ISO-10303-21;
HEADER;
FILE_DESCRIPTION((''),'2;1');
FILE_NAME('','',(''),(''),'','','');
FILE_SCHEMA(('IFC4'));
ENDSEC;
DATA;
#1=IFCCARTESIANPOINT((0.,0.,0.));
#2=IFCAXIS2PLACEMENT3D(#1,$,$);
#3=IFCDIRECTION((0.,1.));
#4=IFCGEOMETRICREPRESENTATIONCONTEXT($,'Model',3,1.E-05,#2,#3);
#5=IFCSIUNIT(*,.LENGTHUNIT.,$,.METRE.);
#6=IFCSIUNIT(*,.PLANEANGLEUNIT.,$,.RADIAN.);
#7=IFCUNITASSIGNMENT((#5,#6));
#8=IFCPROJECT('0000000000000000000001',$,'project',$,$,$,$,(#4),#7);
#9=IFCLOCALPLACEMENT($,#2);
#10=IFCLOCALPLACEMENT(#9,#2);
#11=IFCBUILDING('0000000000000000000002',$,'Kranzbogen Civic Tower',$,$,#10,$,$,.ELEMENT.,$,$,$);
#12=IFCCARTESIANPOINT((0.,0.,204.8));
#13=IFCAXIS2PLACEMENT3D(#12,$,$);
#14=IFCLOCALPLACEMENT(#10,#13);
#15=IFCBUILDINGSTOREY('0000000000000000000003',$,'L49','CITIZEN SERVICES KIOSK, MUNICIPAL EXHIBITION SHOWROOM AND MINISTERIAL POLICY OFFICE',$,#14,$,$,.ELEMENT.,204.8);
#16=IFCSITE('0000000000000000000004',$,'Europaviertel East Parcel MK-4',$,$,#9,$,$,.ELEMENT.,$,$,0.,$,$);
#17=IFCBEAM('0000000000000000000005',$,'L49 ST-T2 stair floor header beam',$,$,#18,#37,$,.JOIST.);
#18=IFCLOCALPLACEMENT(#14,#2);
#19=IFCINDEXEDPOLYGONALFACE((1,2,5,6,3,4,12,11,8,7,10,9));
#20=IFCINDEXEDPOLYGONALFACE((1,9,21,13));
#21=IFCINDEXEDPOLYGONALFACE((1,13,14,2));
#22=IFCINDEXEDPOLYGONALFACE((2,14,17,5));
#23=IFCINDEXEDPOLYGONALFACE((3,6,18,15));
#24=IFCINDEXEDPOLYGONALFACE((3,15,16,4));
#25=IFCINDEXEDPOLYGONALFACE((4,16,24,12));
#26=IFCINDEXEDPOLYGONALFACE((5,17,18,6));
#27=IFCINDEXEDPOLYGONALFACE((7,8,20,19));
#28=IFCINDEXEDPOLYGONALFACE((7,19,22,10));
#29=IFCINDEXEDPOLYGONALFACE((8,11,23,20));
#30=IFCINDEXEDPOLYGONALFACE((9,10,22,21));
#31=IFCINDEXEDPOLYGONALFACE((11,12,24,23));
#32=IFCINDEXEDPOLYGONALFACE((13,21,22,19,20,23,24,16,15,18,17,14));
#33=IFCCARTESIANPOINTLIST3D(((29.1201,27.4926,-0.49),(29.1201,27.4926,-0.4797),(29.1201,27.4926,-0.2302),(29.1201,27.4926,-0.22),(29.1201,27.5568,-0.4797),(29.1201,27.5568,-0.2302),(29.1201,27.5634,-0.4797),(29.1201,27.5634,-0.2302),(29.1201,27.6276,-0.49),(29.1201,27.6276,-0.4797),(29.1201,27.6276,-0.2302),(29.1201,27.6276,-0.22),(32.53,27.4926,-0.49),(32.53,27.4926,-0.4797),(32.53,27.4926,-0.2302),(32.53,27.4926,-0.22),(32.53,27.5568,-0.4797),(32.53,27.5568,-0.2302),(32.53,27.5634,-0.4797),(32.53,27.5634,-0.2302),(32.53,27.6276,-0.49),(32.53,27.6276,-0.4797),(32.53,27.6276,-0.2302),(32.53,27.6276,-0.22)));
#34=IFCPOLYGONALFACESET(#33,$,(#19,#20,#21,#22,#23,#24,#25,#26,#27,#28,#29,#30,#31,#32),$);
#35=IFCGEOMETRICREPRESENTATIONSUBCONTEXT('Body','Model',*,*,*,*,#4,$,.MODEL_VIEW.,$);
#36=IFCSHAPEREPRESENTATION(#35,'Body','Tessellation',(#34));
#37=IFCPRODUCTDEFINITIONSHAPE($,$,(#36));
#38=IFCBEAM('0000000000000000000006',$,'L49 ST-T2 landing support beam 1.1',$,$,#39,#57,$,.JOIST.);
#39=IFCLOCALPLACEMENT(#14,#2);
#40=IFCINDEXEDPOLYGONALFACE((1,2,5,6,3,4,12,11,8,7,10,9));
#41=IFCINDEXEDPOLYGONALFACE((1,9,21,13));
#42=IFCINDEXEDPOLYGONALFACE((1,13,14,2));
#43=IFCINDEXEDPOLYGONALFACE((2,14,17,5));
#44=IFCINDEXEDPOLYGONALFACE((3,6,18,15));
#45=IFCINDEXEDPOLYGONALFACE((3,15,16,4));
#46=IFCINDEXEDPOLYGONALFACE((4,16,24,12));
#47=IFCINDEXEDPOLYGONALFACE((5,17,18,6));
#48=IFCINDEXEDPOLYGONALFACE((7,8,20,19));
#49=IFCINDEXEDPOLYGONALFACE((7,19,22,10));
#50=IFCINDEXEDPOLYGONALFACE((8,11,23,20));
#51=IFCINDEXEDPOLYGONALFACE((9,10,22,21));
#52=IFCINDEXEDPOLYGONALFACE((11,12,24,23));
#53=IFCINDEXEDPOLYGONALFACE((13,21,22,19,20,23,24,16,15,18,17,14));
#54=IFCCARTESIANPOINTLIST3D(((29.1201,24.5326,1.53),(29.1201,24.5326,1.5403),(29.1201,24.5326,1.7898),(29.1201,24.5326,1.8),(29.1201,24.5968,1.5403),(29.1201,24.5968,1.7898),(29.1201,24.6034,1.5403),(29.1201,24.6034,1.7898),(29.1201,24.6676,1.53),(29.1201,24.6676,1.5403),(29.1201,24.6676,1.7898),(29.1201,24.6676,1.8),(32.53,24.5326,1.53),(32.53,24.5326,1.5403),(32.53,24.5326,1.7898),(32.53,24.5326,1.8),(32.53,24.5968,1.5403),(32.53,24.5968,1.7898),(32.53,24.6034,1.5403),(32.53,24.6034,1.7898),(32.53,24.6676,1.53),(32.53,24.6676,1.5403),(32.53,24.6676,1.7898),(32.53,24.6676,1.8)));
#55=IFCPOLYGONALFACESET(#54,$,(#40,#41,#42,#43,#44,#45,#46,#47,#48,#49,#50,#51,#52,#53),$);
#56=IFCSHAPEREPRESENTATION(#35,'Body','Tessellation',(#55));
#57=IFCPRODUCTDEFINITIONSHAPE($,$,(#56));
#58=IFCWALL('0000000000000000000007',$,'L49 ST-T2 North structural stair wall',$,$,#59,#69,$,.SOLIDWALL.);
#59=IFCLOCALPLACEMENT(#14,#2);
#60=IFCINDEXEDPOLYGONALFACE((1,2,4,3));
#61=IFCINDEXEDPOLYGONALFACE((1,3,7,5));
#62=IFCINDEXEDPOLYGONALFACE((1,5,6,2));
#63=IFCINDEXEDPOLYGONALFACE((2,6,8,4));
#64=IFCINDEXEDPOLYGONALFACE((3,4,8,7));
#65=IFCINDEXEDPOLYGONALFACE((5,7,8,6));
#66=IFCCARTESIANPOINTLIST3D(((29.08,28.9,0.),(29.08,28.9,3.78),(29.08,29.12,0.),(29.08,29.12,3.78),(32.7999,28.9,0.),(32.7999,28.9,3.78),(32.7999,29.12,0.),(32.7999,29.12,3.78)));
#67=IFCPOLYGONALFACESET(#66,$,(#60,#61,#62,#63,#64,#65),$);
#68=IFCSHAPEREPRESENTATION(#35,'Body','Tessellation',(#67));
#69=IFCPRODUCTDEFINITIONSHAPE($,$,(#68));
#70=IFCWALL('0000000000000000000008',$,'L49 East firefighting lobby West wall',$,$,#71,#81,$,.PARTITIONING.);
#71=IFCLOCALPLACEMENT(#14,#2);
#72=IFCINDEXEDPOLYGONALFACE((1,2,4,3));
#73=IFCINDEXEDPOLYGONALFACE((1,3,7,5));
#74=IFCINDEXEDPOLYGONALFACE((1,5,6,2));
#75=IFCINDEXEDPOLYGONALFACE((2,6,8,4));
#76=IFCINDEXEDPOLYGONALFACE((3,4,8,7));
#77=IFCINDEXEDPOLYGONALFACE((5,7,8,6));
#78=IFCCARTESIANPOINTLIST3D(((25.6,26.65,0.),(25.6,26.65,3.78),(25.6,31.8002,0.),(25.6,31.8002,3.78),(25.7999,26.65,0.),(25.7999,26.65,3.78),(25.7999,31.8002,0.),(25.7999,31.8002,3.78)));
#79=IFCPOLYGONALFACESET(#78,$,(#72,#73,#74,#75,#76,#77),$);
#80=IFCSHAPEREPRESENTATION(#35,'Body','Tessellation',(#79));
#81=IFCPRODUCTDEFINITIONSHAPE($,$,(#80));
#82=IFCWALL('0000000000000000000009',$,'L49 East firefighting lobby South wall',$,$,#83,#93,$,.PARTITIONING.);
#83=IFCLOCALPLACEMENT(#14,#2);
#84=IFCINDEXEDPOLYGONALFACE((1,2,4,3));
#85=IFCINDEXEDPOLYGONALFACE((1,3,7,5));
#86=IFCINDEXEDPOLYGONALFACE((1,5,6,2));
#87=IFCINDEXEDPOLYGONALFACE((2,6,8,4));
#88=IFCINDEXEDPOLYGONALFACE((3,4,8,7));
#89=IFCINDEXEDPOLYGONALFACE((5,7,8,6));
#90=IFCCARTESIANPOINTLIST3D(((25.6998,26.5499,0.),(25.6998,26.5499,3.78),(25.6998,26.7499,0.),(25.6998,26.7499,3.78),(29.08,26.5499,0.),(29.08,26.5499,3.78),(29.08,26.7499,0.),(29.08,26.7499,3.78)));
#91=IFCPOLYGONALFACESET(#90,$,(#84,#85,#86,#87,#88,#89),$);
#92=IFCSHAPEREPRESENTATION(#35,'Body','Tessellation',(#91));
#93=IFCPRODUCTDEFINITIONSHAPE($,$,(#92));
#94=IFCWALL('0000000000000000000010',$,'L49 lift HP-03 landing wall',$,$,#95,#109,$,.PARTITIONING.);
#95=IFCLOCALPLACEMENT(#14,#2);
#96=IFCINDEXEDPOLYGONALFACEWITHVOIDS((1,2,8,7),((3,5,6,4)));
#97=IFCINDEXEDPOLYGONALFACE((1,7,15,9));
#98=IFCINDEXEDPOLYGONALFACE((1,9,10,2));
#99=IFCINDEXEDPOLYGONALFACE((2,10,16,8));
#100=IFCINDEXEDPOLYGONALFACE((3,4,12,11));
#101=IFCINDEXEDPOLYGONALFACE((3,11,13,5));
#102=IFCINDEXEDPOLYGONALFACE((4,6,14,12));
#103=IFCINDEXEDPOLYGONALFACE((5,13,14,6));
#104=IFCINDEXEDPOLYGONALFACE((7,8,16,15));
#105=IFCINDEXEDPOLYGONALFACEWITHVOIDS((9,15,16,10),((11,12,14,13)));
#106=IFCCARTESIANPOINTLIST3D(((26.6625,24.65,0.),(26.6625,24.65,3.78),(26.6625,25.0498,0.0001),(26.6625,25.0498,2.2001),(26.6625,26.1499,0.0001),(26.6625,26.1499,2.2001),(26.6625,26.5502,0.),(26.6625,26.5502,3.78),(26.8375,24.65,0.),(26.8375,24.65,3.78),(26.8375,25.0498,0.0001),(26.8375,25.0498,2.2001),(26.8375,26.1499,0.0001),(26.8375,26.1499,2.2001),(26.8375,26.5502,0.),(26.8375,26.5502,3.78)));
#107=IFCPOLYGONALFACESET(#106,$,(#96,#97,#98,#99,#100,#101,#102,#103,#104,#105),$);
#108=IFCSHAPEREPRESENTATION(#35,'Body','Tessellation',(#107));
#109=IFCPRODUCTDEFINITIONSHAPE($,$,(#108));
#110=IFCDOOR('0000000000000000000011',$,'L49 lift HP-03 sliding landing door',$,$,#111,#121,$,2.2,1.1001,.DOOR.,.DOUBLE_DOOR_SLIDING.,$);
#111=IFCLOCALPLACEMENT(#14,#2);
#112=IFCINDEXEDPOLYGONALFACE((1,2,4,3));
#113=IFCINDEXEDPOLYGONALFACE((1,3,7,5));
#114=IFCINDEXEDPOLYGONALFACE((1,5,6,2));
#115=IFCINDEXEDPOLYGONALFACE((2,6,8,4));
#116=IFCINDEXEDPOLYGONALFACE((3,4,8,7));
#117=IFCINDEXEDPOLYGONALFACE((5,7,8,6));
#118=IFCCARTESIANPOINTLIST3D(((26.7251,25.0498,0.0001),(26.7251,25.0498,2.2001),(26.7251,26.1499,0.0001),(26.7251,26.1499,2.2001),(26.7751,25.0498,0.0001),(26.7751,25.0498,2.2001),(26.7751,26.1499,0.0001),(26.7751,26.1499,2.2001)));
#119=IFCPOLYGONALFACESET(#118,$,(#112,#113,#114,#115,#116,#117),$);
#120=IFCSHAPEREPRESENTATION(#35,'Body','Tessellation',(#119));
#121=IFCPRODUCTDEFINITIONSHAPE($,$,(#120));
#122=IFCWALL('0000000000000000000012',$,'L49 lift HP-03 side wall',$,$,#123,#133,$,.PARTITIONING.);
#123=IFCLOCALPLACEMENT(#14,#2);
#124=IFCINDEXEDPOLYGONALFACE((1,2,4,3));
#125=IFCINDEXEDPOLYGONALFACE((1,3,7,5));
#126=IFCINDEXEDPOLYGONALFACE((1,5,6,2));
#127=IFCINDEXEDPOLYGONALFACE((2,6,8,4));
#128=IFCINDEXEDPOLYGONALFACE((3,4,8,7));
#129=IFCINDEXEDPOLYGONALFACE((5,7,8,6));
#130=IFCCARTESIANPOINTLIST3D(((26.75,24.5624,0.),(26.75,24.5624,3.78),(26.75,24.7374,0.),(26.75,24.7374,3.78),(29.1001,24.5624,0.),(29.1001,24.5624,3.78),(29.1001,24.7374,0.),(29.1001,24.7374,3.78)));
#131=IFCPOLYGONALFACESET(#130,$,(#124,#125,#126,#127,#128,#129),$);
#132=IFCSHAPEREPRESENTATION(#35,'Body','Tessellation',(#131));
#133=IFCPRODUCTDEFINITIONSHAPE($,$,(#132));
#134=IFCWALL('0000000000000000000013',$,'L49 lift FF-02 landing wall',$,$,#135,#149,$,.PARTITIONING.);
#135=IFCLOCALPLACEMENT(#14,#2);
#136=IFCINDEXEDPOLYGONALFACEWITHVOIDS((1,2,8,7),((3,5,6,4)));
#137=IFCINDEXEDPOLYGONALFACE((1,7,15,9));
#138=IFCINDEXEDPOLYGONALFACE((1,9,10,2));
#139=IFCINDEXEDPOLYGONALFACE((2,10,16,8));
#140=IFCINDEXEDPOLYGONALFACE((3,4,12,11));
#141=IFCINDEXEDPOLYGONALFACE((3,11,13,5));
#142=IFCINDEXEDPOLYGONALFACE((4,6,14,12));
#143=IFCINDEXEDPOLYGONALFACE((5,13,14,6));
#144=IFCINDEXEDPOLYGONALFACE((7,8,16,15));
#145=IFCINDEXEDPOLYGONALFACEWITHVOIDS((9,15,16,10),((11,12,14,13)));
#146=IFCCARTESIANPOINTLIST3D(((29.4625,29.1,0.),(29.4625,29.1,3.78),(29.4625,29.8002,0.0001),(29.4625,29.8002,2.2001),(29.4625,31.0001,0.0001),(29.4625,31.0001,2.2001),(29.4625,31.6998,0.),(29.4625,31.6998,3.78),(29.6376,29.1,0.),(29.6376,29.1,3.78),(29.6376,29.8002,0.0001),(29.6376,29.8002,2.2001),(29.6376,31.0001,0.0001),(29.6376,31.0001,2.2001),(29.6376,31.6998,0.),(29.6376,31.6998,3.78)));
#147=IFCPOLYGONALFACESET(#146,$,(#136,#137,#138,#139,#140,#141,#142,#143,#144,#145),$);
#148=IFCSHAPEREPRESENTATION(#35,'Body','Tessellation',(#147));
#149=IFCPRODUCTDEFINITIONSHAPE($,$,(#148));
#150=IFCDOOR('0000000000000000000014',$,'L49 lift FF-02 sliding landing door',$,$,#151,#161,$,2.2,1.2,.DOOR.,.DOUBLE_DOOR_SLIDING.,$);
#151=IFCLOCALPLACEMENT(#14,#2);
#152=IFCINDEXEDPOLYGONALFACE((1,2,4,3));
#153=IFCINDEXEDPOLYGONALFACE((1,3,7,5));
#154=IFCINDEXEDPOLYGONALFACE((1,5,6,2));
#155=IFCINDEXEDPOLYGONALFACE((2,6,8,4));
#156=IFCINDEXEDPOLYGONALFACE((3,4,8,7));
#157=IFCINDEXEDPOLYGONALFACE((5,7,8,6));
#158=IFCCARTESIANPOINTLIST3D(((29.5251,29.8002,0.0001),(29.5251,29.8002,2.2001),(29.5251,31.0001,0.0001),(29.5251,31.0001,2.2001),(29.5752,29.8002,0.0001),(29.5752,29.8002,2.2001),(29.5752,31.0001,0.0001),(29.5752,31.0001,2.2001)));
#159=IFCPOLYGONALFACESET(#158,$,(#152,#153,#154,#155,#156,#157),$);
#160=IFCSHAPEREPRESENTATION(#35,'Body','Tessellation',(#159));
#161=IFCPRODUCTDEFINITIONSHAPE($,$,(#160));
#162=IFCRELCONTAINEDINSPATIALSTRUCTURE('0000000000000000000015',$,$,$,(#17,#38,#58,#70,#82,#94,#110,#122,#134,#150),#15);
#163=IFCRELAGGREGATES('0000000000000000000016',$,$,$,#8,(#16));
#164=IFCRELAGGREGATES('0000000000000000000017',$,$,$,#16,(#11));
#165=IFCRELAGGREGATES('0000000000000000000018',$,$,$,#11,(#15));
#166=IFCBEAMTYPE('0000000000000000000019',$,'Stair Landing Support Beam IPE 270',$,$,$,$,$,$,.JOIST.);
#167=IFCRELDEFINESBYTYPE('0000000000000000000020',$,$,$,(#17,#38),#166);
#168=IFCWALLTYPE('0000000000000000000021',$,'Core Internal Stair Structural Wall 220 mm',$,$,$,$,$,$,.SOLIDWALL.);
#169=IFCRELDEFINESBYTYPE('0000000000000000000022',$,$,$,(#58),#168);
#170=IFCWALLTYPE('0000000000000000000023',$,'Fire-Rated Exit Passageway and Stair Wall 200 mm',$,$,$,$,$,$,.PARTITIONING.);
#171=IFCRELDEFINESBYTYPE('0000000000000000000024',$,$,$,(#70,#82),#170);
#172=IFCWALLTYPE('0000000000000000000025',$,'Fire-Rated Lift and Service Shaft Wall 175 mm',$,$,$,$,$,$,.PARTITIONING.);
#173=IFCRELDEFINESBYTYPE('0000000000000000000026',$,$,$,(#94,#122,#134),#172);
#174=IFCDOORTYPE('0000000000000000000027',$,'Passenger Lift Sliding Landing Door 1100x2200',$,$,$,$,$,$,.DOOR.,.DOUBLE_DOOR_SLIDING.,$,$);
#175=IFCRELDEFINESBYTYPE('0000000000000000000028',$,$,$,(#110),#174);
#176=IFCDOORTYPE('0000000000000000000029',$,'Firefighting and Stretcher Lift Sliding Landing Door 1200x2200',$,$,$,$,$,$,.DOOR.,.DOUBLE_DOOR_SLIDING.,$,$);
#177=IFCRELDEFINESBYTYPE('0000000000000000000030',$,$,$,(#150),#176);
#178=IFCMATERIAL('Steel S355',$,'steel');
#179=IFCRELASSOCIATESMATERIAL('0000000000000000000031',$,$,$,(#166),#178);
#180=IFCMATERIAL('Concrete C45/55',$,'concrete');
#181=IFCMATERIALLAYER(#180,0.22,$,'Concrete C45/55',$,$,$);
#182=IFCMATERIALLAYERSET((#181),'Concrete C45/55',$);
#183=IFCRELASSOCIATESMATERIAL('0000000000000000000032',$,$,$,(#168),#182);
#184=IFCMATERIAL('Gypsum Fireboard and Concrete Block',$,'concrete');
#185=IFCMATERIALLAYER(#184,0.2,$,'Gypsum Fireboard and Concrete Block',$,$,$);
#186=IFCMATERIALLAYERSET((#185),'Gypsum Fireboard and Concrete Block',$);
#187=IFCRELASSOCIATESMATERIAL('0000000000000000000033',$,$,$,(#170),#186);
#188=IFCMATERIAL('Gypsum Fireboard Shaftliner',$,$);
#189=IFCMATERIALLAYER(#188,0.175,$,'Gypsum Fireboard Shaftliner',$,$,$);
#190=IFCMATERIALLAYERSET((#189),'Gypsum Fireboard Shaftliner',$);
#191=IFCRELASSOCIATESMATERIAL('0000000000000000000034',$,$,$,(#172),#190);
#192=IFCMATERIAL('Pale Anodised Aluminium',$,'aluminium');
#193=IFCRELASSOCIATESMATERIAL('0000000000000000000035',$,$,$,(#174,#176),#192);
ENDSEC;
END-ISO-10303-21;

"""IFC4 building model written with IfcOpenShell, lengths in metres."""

from ifc_helpers import new_model, si_unit, direction, frame, frame_2d, origin, origin_2d, place, context, subcontext, project, spatial, rectangle, i_section, extrude, material, layer, layer_set, material_profile, profile_set, type_object, element, fill, save


model = new_model("IFC4")

# Units and contexts
model_context = context("Model", 3, precision=1e-05, world=origin(), true_north=direction((0.0, 1.0)))
body_context = subcontext(model_context, "Body", "Model", "MODEL_VIEW")
ifc_project = project(units=[si_unit("LENGTHUNIT", "METRE"), si_unit("PLANEANGLEUNIT", "RADIAN")], contexts=[model_context])

# Site, building, storey
site_placement = place(None, origin())
site = spatial("IfcSite", under=ifc_project, at=site_placement, Name="Europaviertel East Parcel MK-4", CompositionType="ELEMENT", RefElevation=0.0)
building_placement = place(site_placement, origin())
building = spatial("IfcBuilding", under=site, at=building_placement, Name="Kranzbogen Civic Tower", CompositionType="ELEMENT")
storey_placement = place(building_placement, frame((0.0, 0.0, 204.8)))
storey = spatial("IfcBuildingStorey", under=building, at=storey_placement, Name="L49", Description="CITIZEN SERVICES KIOSK, MUNICIPAL EXHIBITION SHOWROOM AND MINISTERIAL POLICY OFFICE", CompositionType="ELEMENT", Elevation=204.8)

# Beams
ifc_material_1 = material(Name="Steel S355", Category="steel")
ifc_material_profile = material_profile(ifc_material_1, i_section(OverallWidth=0.135, OverallDepth=0.27, WebThickness=0.0066, FlangeThickness=0.0103, at=origin_2d()), Name="IPE 270")
ifc_profile_set = profile_set([ifc_material_profile], Name="Steel S355")
beam_type = type_object("IfcBeamType", Name="Stair Landing Support Beam IPE 270", PredefinedType="JOIST", material=ifc_profile_set)
for number, where, z_axis, x_axis, name in (
    (1, (29.1201, 27.5601, -0.355), (1.0, 0.0, 0.0), (0.0, 1.0, 0.0), "L49 ST-T2 stair floor header beam"),
    (2, (29.1201, 24.6001, 1.665), (1.0, 0.0, 0.0), (0.0, 1.0, 0.0), "L49 ST-T2 landing support beam 1.1"),
):
    element("IfcBeam", number, at=place(storey_placement, frame(where, z_axis=z_axis, x_axis=x_axis)), inside=storey, type_object=beam_type, Name=name, PredefinedType="JOIST", context=body_context, shape_type="SweptSolid", body=[
        extrude(i_section(OverallWidth=0.135, OverallDepth=0.27, WebThickness=0.0066, FlangeThickness=0.0103, at=origin_2d()), origin(), (0.0, 0.0, 1.0), 3.4099),
    ])

# Walls
ifc_material_2 = material(Name="Concrete C45/55", Category="concrete")
ifc_layer_1 = layer(ifc_material_2, 0.22, Name="Concrete C45/55")
ifc_layer_set_1 = layer_set([ifc_layer_1], Name="Concrete C45/55")
wall_type_1 = type_object("IfcWallType", Name="Core Internal Stair Structural Wall 220 mm", PredefinedType="SOLIDWALL", material=ifc_layer_set_1)
wall_1_placement = place(storey_placement, frame((29.0801, 29.01, 0.0), z_axis=(0.0, 0.0, 1.0), x_axis=(1.0, 0.0, 0.0)))
element("IfcWall", 3, at=wall_1_placement, inside=storey, type_object=wall_type_1, Name="L49 ST-T2 North structural stair wall", PredefinedType="SOLIDWALL", context=body_context, shape_type="SweptSolid", body=[
    extrude(rectangle(XDim=3.72, YDim=0.22, at=frame_2d((1.8599, 0.0))), origin(), (0.0, 0.0, 1.0), 3.78),
])
ifc_material_3 = material(Name="Gypsum Fireboard and Concrete Block", Category="concrete")
ifc_layer_2 = layer(ifc_material_3, 0.2, Name="Gypsum Fireboard and Concrete Block")
ifc_layer_set_2 = layer_set([ifc_layer_2], Name="Gypsum Fireboard and Concrete Block")
wall_type_2 = type_object("IfcWallType", Name="Fire-Rated Exit Passageway and Stair Wall 200 mm", PredefinedType="PARTITIONING", material=ifc_layer_set_2)
wall_2_placement = place(storey_placement, frame((25.7, 26.6499, 0.0), z_axis=(0.0, 0.0, 1.0), x_axis=(0.0, 1.0, 0.0)))
element("IfcWall", 4, at=wall_2_placement, inside=storey, type_object=wall_type_2, Name="L49 East firefighting lobby West wall", PredefinedType="PARTITIONING", context=body_context, shape_type="SweptSolid", body=[
    extrude(rectangle(XDim=5.1501, YDim=0.2, at=frame_2d((2.5752, 0.0))), origin(), (0.0, 0.0, 1.0), 3.78),
])
wall_3_placement = place(storey_placement, frame((25.7, 26.6499, 0.0), z_axis=(0.0, 0.0, 1.0), x_axis=(1.0, 0.0, 0.0)))
element("IfcWall", 5, at=wall_3_placement, inside=storey, type_object=wall_type_2, Name="L49 East firefighting lobby South wall", PredefinedType="PARTITIONING", context=body_context, shape_type="SweptSolid", body=[
    extrude(rectangle(XDim=3.3801, YDim=0.2, at=frame_2d((1.6899, 0.0))), origin(), (0.0, 0.0, 1.0), 3.78),
])

# Wall, opening, door
ifc_material_4 = material(Name="Gypsum Fireboard Shaftliner")
ifc_layer_3 = layer(ifc_material_4, 0.175, Name="Gypsum Fireboard Shaftliner")
ifc_layer_set_3 = layer_set([ifc_layer_3], Name="Gypsum Fireboard Shaftliner")
wall_type_3 = type_object("IfcWallType", Name="Fire-Rated Lift and Service Shaft Wall 175 mm", PredefinedType="PARTITIONING", material=ifc_layer_set_3)
wall_4_placement = place(storey_placement, frame((26.75, 24.6499, 0.0), z_axis=(0.0, 0.0, 1.0), x_axis=(0.0, 1.0, 0.0)))
wall_4 = element("IfcWall", 6, at=wall_4_placement, inside=storey, type_object=wall_type_3, Name="L49 lift HP-03 landing wall", PredefinedType="PARTITIONING", context=body_context, shape_type="SweptSolid", body=[
    extrude(rectangle(XDim=1.9001, YDim=0.175, at=frame_2d((0.9502, 0.0))), origin(), (0.0, 0.0, 1.0), 3.78),
])
opening_1_placement = place(wall_4_placement, frame((0.3999, 0.0, 0.0)))
opening_1 = element("IfcOpeningElement", 7, at=opening_1_placement, cuts=wall_4, PredefinedType="OPENING", context=body_context, shape_type="SweptSolid", body=[
    extrude(rectangle(XDim=1.1001, YDim=2.2, at=frame_2d((0.55, 1.1001))), frame((0.0, 0.0977, 0.0), z_axis=(0.0, -1.0, 0.0), x_axis=(1.0, 0.0, 0.0)), (0.0, 0.0, 1.0), 0.1951),
])
ifc_material_5 = material(Name="Pale Anodised Aluminium", Category="aluminium")
door_type_1 = type_object("IfcDoorType", Name="Passenger Lift Sliding Landing Door 1100x2200", OperationType="DOUBLE_DOOR_SLIDING", PredefinedType="DOOR", material=ifc_material_5)
door_1_placement = place(opening_1_placement, origin())
door_1 = element("IfcDoor", 8, at=door_1_placement, inside=storey, type_object=door_type_1, Name="L49 lift HP-03 sliding landing door", OperationType="DOUBLE_DOOR_SLIDING", OverallHeight=2.2, OverallWidth=1.1001, PredefinedType="DOOR", context=body_context, shape_type="SweptSolid", body=[
    extrude(rectangle(XDim=1.1001, YDim=2.2, at=frame_2d((0.55, 1.1001))), frame((0.0, 0.0249, 0.0), z_axis=(0.0, -1.0, 0.0), x_axis=(1.0, 0.0, 0.0)), (0.0, 0.0, 1.0), 0.05),
])
fill(opening_1, door_1)

# Wall
wall_5_placement = place(storey_placement, frame((26.75, 24.6499, 0.0), z_axis=(0.0, 0.0, 1.0), x_axis=(1.0, 0.0, 0.0)))
element("IfcWall", 9, at=wall_5_placement, inside=storey, type_object=wall_type_3, Name="L49 lift HP-03 side wall", PredefinedType="PARTITIONING", context=body_context, shape_type="SweptSolid", body=[
    extrude(rectangle(XDim=2.3501, YDim=0.175, at=frame_2d((1.175, 0.0))), origin(), (0.0, 0.0, 1.0), 3.78),
])

# Wall, opening, door
wall_6_placement = place(storey_placement, frame((29.55, 29.1001, 0.0), z_axis=(0.0, 0.0, 1.0), x_axis=(0.0, 1.0, 0.0)))
wall_6 = element("IfcWall", 10, at=wall_6_placement, inside=storey, type_object=wall_type_3, Name="L49 lift FF-02 landing wall", PredefinedType="PARTITIONING", context=body_context, shape_type="SweptSolid", body=[
    extrude(rectangle(XDim=2.5999, YDim=0.175, at=frame_2d((1.2998, 0.0))), origin(), (0.0, 0.0, 1.0), 3.78),
])
opening_2_placement = place(wall_6_placement, frame((0.7, 0.0, 0.0)))
opening_2 = element("IfcOpeningElement", 11, at=opening_2_placement, cuts=wall_6, PredefinedType="OPENING", context=body_context, shape_type="SweptSolid", body=[
    extrude(rectangle(XDim=1.2, YDim=2.2, at=frame_2d((0.6001, 1.1001))), frame((0.0, 0.0977, 0.0), z_axis=(0.0, -1.0, 0.0), x_axis=(1.0, 0.0, 0.0)), (0.0, 0.0, 1.0), 0.1951),
])
door_type_2 = type_object("IfcDoorType", Name="Firefighting and Stretcher Lift Sliding Landing Door 1200x2200", OperationType="DOUBLE_DOOR_SLIDING", PredefinedType="DOOR", material=ifc_material_5)
door_2_placement = place(opening_2_placement, origin())
door_2 = element("IfcDoor", 12, at=door_2_placement, inside=storey, type_object=door_type_2, Name="L49 lift FF-02 sliding landing door", OperationType="DOUBLE_DOOR_SLIDING", OverallHeight=2.2, OverallWidth=1.2, PredefinedType="DOOR", context=body_context, shape_type="SweptSolid", body=[
    extrude(rectangle(XDim=1.2, YDim=2.2, at=frame_2d((0.6001, 1.1001))), frame((0.0, 0.0249, 0.0), z_axis=(0.0, -1.0, 0.0), x_axis=(1.0, 0.0, 0.0)), (0.0, 0.0, 1.0), 0.05),
])
fill(opening_2, door_2)

save(model, "model.ifc")
